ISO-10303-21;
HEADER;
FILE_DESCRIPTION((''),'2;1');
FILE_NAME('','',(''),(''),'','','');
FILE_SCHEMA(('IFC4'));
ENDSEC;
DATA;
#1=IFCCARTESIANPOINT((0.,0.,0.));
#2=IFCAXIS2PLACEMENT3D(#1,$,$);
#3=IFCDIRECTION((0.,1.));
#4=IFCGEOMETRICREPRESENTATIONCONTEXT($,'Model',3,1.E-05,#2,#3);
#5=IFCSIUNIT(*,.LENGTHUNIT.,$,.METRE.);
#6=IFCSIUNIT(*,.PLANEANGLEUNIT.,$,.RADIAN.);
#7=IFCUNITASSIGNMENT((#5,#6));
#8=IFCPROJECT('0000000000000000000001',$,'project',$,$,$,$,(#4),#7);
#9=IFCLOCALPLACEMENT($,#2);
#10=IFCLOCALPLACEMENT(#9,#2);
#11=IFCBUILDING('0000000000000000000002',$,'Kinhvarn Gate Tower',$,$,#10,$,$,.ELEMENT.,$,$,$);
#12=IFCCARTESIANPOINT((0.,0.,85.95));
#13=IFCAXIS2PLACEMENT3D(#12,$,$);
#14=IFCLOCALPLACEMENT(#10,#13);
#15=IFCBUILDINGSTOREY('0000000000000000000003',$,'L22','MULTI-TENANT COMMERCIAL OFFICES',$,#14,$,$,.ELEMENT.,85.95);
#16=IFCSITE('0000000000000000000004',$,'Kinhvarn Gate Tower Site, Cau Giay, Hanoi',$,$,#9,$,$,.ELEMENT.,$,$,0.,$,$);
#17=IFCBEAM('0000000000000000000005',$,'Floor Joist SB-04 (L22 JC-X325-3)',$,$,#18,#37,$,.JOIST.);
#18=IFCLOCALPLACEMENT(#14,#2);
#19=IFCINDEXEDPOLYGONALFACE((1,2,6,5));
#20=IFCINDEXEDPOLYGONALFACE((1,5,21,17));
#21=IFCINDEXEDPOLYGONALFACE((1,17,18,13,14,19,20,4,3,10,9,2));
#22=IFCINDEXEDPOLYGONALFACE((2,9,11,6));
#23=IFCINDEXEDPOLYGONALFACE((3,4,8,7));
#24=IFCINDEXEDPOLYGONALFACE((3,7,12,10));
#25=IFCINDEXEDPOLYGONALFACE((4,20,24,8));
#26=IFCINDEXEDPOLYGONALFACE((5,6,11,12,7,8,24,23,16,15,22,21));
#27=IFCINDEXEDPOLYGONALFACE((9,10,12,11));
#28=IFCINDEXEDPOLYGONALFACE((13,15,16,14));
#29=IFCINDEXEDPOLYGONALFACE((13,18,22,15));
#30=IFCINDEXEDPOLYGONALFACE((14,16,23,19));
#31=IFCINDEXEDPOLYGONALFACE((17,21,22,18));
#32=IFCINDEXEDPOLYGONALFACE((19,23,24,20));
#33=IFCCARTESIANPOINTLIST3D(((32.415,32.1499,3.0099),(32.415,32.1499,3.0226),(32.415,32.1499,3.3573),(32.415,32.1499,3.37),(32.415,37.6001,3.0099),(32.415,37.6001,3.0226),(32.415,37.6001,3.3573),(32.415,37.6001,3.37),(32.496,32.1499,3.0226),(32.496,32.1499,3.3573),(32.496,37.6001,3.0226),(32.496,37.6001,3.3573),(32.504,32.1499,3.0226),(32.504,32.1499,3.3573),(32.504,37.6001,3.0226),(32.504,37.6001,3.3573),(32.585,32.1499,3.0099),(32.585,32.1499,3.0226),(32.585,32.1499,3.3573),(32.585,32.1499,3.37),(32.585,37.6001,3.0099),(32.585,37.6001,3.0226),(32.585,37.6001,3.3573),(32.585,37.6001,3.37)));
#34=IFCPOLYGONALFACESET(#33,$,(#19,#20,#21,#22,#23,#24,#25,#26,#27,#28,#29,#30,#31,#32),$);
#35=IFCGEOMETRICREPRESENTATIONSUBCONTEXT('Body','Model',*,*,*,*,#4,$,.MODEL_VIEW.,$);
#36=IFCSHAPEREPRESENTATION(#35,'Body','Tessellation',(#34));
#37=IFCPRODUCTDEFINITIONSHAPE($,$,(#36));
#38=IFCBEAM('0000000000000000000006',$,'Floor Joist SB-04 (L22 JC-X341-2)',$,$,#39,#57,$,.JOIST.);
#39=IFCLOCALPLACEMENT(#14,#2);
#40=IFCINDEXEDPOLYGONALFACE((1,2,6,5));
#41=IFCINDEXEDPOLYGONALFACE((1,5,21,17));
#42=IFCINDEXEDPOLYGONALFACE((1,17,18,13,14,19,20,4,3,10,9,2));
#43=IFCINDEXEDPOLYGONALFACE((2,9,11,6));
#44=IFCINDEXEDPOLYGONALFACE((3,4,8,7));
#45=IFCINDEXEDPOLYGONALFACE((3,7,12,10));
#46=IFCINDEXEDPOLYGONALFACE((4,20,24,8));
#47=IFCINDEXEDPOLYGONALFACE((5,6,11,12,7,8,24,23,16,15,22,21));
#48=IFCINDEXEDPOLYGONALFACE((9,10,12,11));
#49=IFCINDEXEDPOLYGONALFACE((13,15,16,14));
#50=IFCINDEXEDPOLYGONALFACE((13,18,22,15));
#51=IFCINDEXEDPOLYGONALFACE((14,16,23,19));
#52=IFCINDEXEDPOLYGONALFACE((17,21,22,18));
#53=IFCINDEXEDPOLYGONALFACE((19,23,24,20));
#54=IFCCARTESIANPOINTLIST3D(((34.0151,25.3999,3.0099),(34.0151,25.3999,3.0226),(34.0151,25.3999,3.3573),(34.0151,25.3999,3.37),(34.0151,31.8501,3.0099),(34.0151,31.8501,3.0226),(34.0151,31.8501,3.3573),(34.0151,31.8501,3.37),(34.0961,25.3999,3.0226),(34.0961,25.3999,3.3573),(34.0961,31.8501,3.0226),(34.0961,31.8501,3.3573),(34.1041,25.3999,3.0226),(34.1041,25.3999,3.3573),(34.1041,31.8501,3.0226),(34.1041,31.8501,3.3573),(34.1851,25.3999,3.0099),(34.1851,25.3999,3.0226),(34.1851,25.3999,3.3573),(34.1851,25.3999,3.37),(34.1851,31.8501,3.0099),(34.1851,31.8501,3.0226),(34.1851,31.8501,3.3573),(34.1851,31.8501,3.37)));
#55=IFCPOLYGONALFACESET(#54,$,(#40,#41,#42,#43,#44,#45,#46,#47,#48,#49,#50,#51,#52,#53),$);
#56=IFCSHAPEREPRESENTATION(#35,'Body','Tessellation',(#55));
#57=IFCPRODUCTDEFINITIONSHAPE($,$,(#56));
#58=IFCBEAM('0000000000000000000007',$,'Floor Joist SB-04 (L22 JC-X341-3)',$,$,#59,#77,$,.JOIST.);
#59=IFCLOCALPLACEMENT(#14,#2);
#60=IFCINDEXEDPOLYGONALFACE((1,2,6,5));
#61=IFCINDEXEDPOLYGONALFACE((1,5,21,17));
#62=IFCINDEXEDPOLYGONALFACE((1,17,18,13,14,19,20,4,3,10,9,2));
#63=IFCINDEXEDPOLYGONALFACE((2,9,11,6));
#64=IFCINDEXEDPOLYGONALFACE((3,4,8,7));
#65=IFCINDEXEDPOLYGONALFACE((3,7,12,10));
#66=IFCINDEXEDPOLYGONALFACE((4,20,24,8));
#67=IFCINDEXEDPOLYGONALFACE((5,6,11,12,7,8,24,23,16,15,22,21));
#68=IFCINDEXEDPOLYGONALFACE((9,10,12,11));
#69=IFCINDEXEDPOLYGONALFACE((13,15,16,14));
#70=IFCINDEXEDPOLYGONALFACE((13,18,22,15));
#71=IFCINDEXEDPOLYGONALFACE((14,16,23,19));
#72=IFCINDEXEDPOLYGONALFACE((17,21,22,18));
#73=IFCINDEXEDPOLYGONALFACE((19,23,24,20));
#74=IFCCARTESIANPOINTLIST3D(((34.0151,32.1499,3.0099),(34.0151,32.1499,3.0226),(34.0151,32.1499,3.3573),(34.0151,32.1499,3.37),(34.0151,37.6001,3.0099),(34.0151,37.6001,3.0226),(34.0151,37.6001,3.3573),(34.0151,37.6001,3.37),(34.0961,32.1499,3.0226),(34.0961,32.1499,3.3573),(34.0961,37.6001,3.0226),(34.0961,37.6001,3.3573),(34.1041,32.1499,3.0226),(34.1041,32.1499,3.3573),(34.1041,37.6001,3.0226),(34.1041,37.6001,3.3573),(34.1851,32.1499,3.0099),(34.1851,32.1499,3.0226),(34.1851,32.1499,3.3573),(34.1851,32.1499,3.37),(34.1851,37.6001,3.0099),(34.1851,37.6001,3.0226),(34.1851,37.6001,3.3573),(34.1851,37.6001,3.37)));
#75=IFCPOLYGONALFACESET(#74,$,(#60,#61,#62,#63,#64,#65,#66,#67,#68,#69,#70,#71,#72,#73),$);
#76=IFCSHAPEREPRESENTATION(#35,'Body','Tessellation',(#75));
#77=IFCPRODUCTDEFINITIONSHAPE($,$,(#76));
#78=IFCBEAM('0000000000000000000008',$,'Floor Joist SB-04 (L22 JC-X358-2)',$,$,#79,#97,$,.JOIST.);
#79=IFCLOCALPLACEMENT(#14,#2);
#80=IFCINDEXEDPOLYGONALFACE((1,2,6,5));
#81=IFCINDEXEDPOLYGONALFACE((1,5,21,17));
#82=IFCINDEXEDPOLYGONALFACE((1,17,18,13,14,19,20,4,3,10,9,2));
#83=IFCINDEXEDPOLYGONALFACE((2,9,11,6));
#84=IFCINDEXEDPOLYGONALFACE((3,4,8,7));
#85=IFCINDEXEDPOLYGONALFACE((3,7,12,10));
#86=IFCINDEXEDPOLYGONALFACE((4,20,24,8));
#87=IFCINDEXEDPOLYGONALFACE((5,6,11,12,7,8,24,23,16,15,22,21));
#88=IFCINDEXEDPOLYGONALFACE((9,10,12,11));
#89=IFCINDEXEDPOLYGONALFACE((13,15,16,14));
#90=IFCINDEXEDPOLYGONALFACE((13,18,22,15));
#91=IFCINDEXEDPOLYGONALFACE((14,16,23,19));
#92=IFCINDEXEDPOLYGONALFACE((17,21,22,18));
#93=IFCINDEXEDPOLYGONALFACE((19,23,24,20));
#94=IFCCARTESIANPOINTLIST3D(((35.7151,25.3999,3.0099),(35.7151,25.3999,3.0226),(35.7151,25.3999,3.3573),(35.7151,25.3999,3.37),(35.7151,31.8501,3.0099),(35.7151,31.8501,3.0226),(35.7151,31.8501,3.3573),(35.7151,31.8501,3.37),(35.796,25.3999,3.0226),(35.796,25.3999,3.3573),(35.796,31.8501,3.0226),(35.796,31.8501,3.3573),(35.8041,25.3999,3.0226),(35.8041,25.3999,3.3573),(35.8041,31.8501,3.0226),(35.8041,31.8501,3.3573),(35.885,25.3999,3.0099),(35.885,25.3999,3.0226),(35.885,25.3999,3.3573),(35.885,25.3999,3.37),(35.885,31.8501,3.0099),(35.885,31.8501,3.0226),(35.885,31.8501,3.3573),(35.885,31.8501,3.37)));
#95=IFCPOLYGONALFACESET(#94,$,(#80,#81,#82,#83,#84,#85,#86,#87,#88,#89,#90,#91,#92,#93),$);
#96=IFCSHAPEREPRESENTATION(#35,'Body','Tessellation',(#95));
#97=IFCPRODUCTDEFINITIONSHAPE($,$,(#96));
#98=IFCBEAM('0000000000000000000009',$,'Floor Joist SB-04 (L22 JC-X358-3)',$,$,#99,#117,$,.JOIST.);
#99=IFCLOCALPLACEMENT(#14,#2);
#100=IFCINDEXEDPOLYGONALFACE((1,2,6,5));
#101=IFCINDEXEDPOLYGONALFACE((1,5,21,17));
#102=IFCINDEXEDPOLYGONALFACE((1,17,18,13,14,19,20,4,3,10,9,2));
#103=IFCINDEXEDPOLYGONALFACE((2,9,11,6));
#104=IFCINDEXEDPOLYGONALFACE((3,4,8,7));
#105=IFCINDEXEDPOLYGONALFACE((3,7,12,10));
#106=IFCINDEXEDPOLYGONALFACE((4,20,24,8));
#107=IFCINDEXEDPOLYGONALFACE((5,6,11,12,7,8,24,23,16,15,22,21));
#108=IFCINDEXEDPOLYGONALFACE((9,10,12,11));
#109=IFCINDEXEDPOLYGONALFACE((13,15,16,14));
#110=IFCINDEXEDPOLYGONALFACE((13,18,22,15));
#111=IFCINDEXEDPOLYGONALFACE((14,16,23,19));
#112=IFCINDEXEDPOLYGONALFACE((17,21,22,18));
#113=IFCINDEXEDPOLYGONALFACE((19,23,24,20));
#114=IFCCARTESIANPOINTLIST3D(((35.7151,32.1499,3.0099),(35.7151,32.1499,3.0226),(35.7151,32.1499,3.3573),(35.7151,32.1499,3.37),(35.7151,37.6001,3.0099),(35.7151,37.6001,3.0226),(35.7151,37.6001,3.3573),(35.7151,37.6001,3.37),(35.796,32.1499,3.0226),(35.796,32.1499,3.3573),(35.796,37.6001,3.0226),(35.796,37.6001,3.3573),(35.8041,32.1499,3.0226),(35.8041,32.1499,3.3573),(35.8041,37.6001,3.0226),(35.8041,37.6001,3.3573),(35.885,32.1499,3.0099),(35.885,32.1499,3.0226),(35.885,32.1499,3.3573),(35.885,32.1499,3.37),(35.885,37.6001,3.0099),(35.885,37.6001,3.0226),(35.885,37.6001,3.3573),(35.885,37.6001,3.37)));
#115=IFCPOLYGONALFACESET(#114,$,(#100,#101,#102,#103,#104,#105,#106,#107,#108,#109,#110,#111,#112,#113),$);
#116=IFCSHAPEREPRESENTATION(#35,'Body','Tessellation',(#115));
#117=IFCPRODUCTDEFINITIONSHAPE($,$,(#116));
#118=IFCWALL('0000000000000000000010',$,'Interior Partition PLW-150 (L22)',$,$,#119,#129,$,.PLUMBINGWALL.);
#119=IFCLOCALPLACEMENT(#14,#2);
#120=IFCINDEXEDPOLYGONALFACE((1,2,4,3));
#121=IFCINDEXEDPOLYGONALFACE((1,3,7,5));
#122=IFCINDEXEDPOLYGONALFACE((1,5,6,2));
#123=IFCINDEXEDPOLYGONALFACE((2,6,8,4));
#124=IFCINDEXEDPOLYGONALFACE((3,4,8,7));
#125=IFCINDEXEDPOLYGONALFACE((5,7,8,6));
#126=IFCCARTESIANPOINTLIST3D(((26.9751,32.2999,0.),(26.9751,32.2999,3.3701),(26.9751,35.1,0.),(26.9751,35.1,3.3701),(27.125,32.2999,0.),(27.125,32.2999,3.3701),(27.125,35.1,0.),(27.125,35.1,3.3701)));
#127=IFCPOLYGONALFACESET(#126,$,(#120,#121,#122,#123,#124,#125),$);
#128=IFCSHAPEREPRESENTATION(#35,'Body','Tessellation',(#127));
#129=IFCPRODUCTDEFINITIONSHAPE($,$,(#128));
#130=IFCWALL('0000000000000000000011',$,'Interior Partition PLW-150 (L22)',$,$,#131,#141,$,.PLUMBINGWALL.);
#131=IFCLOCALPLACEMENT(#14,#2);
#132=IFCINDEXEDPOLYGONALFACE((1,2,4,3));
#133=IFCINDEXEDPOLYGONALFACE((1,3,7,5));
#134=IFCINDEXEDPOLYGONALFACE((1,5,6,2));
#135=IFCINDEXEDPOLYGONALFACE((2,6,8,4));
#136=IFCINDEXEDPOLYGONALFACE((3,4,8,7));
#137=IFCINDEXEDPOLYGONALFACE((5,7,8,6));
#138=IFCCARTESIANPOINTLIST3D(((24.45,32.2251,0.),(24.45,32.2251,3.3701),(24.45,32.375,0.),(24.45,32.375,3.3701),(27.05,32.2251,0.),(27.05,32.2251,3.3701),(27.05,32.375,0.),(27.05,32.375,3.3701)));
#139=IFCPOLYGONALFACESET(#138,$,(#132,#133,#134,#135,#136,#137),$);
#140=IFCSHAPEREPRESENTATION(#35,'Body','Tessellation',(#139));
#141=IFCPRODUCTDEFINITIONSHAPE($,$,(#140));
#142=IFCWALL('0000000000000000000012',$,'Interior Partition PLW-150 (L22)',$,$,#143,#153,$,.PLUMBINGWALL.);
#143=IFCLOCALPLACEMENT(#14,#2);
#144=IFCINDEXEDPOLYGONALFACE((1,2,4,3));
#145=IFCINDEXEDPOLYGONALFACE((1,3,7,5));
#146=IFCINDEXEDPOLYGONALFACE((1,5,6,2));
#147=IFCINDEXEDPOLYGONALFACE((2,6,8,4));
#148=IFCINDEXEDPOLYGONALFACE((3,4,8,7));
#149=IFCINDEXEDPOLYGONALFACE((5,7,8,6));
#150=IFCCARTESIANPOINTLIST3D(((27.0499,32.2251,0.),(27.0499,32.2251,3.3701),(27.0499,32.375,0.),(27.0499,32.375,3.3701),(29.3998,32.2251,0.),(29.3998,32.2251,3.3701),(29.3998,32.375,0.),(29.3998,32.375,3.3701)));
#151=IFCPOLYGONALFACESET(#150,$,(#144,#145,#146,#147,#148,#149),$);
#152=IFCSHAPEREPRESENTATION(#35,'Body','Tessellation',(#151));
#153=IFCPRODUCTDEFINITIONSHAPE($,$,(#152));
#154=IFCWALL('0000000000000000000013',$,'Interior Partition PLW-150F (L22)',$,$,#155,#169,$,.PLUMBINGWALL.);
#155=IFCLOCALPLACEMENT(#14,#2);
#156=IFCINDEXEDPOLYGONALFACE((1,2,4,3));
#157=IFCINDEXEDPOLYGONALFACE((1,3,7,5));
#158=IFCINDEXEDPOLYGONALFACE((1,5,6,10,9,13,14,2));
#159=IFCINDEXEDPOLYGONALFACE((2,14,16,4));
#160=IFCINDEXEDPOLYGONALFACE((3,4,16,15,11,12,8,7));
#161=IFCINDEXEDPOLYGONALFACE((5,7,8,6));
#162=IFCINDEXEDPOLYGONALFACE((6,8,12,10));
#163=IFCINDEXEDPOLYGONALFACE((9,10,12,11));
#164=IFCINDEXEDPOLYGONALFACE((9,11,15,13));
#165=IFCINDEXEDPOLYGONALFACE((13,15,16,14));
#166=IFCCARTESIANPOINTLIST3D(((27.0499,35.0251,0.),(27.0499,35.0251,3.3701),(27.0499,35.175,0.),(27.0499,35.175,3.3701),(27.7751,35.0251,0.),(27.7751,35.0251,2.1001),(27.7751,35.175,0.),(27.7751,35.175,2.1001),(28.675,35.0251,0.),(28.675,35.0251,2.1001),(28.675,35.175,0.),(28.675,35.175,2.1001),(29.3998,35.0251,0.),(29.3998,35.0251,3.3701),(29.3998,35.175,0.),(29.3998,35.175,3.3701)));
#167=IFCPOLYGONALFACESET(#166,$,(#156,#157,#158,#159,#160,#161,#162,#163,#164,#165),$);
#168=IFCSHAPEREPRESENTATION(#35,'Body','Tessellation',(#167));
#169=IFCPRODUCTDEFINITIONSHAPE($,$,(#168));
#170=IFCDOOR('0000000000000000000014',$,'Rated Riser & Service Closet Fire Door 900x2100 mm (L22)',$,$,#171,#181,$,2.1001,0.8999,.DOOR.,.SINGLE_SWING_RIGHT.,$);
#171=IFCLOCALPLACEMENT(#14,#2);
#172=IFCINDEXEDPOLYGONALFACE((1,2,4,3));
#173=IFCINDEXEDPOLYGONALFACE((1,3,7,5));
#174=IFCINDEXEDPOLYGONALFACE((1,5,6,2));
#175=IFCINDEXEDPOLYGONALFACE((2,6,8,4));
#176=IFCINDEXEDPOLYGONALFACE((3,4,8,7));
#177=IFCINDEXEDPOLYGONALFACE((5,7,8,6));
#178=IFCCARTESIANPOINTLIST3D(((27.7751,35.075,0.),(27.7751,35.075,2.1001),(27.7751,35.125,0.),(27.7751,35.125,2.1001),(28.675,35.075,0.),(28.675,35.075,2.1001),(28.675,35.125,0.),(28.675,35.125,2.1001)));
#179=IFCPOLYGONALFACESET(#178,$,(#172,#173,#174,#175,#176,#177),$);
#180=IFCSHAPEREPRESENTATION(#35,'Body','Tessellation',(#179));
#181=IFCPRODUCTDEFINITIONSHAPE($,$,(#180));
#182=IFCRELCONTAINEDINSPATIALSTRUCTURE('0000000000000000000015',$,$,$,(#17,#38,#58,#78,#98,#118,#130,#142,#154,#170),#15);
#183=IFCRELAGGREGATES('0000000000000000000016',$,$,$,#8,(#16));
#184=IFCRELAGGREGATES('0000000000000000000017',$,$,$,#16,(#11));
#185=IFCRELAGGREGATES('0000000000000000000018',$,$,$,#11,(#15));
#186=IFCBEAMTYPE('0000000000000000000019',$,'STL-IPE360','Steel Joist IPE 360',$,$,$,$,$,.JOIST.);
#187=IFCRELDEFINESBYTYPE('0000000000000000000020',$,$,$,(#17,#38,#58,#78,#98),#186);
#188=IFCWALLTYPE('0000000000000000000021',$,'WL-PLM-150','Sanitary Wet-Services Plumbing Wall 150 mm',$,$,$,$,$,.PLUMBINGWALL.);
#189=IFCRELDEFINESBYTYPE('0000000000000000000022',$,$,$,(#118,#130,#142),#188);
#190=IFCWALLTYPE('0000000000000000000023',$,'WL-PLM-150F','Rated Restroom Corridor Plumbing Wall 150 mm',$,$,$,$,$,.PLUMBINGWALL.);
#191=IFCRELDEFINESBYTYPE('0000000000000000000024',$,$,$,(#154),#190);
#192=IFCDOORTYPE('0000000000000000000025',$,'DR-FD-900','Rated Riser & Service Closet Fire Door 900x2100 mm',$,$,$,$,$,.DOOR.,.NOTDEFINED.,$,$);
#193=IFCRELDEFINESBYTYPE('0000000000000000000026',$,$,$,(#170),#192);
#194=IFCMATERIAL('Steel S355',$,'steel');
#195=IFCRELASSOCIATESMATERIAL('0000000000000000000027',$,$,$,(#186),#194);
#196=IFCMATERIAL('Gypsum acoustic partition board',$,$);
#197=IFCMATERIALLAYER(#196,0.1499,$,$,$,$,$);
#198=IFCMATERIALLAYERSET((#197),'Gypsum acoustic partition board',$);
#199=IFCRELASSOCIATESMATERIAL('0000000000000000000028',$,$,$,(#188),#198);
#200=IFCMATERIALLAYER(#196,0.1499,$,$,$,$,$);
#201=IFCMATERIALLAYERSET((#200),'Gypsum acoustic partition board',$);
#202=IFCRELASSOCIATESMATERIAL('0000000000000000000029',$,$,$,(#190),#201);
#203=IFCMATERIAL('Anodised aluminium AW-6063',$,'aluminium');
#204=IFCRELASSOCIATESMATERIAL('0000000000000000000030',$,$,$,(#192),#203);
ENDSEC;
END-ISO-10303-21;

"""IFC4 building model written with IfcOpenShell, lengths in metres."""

from ifc_helpers import new_model, si_unit, direction, frame, frame_2d, origin, origin_2d, place, context, subcontext, project, spatial, rectangle, i_section, extrude, material, layer, layer_set, material_profile, profile_set, type_object, element, fill, save


model = new_model("IFC4")

# Units and contexts
model_context = context("Model", 3, precision=1e-05, world=origin(), true_north=direction((0.0, 1.0)))
body_context = subcontext(model_context, "Body", "Model", "MODEL_VIEW")
ifc_project = project(units=[si_unit("LENGTHUNIT", "METRE"), si_unit("PLANEANGLEUNIT", "RADIAN")], contexts=[model_context])

# Site, building, storey
site_placement = place(None, origin())
site = spatial("IfcSite", under=ifc_project, at=site_placement, Name="Kinhvarn Gate Tower Site, Cau Giay, Hanoi", CompositionType="ELEMENT", RefElevation=0.0)
building_placement = place(site_placement, origin())
building = spatial("IfcBuilding", under=site, at=building_placement, Name="Kinhvarn Gate Tower", CompositionType="ELEMENT")
storey_placement = place(building_placement, frame((0.0, 0.0, 85.95)))
storey = spatial("IfcBuildingStorey", under=building, at=storey_placement, Name="L22", Description="MULTI-TENANT COMMERCIAL OFFICES", CompositionType="ELEMENT", Elevation=85.95)

# Beams
ifc_material_1 = material(Name="Steel S355", Category="steel")
ifc_material_profile_1 = material_profile(ifc_material_1, i_section(OverallWidth=0.1699, OverallDepth=0.3601, WebThickness=0.0081, FlangeThickness=0.0127, at=origin_2d()), Name="IPE 360")
ifc_profile_set_1 = profile_set([ifc_material_profile_1], Name="Steel S355")
beam_type_1 = type_object("IfcBeamType", Name="STL-IPE360", Description="Steel Joist IPE 360", PredefinedType="JOIST", material=ifc_profile_set_1)
beam_1_placement = place(storey_placement, frame((32.5, 32.1499, 3.1899), z_axis=(0.0, 1.0, 0.0), x_axis=(-1.0, 0.0, 0.0)))
element("IfcBeam", 1, at=beam_1_placement, inside=storey, type_object=beam_type_1, Name="Floor Joist SB-04 (L22 JC-X325-3)", PredefinedType="JOIST", context=body_context, shape_type="SweptSolid", body=[
    extrude(i_section(OverallWidth=0.1699, OverallDepth=0.3601, WebThickness=0.0081, FlangeThickness=0.0127, at=origin_2d()), origin(), (0.0, 0.0, 1.0), 5.4502),
])
beam_2_placement = place(storey_placement, frame((34.1001, 25.3999, 3.1899), z_axis=(0.0, 1.0, 0.0), x_axis=(-1.0, 0.0, 0.0)))
element("IfcBeam", 2, at=beam_2_placement, inside=storey, type_object=beam_type_1, Name="Floor Joist SB-04 (L22 JC-X341-2)", PredefinedType="JOIST", context=body_context, shape_type="SweptSolid", body=[
    extrude(i_section(OverallWidth=0.1699, OverallDepth=0.3601, WebThickness=0.0081, FlangeThickness=0.0127, at=origin_2d()), origin(), (0.0, 0.0, 1.0), 6.4502),
])
beam_3_placement = place(storey_placement, frame((34.1001, 32.1499, 3.1899), z_axis=(0.0, 1.0, 0.0), x_axis=(-1.0, 0.0, 0.0)))
element("IfcBeam", 3, at=beam_3_placement, inside=storey, type_object=beam_type_1, Name="Floor Joist SB-04 (L22 JC-X341-3)", PredefinedType="JOIST", context=body_context, shape_type="SweptSolid", body=[
    extrude(i_section(OverallWidth=0.1699, OverallDepth=0.3601, WebThickness=0.0081, FlangeThickness=0.0127, at=origin_2d()), origin(), (0.0, 0.0, 1.0), 5.4502),
])
beam_4_placement = place(storey_placement, frame((35.8, 25.3999, 3.1899), z_axis=(0.0, 1.0, 0.0), x_axis=(-1.0, 0.0, 0.0)))
element("IfcBeam", 4, at=beam_4_placement, inside=storey, type_object=beam_type_1, Name="Floor Joist SB-04 (L22 JC-X358-2)", PredefinedType="JOIST", context=body_context, shape_type="SweptSolid", body=[
    extrude(i_section(OverallWidth=0.1699, OverallDepth=0.3601, WebThickness=0.0081, FlangeThickness=0.0127, at=origin_2d()), origin(), (0.0, 0.0, 1.0), 6.4502),
])
beam_5_placement = place(storey_placement, frame((35.8, 32.1499, 3.1899), z_axis=(0.0, 1.0, 0.0), x_axis=(-1.0, 0.0, 0.0)))
element("IfcBeam", 5, at=beam_5_placement, inside=storey, type_object=beam_type_1, Name="Floor Joist SB-04 (L22 JC-X358-3)", PredefinedType="JOIST", context=body_context, shape_type="SweptSolid", body=[
    extrude(i_section(OverallWidth=0.1699, OverallDepth=0.3601, WebThickness=0.0081, FlangeThickness=0.0127, at=origin_2d()), origin(), (0.0, 0.0, 1.0), 5.4502),
])

# Walls
ifc_material_2 = material(Name="Gypsum acoustic partition board")
ifc_layer_1 = layer(ifc_material_2, 0.1499)
ifc_layer_set_1 = layer_set([ifc_layer_1], Name="Gypsum acoustic partition board")
wall_type_1 = type_object("IfcWallType", Name="WL-PLM-150", Description="Sanitary Wet-Services Plumbing Wall 150 mm", PredefinedType="PLUMBINGWALL", material=ifc_layer_set_1)
wall_1_placement = place(storey_placement, frame((27.05, 32.3, 0.0), z_axis=(0.0, 0.0, 1.0), x_axis=(0.0, 1.0, 0.0)))
element("IfcWall", 6, at=wall_1_placement, inside=storey, type_object=wall_type_1, Name="Interior Partition PLW-150 (L22)", PredefinedType="PLUMBINGWALL", context=body_context, shape_type="SweptSolid", body=[
    extrude(rectangle(XDim=2.8, YDim=0.1499, at=frame_2d((1.3999, 0.0))), origin(), (0.0, 0.0, 1.0), 3.3701),
])
wall_2_placement = place(storey_placement, frame((24.45, 32.3, 0.0), z_axis=(0.0, 0.0, 1.0), x_axis=(1.0, 0.0, 0.0)))
element("IfcWall", 7, at=wall_2_placement, inside=storey, type_object=wall_type_1, Name="Interior Partition PLW-150 (L22)", PredefinedType="PLUMBINGWALL", context=body_context, shape_type="SweptSolid", body=[
    extrude(rectangle(XDim=2.6001, YDim=0.1499, at=frame_2d((1.3, 0.0))), origin(), (0.0, 0.0, 1.0), 3.3701),
])
wall_3_placement = place(storey_placement, frame((27.05, 32.3, 0.0), z_axis=(0.0, 0.0, 1.0), x_axis=(1.0, 0.0, 0.0)))
element("IfcWall", 8, at=wall_3_placement, inside=storey, type_object=wall_type_1, Name="Interior Partition PLW-150 (L22)", PredefinedType="PLUMBINGWALL", context=body_context, shape_type="SweptSolid", body=[
    extrude(rectangle(XDim=2.3499, YDim=0.1499, at=frame_2d((1.1748, 0.0))), origin(), (0.0, 0.0, 1.0), 3.3701),
])

# Wall, opening, door
ifc_layer_2 = layer(ifc_material_2, 0.1499)
ifc_layer_set_2 = layer_set([ifc_layer_2], Name="Gypsum acoustic partition board")
wall_type_2 = type_object("IfcWallType", Name="WL-PLM-150F", Description="Rated Restroom Corridor Plumbing Wall 150 mm", PredefinedType="PLUMBINGWALL", material=ifc_layer_set_2)
wall_4_placement = place(storey_placement, frame((27.05, 35.1001, 0.0), z_axis=(0.0, 0.0, 1.0), x_axis=(1.0, 0.0, 0.0)))
wall_4 = element("IfcWall", 9, at=wall_4_placement, inside=storey, type_object=wall_type_2, Name="Interior Partition PLW-150F (L22)", PredefinedType="PLUMBINGWALL", context=body_context, shape_type="SweptSolid", body=[
    extrude(rectangle(XDim=2.3499, YDim=0.1499, at=frame_2d((1.1748, 0.0))), origin(), (0.0, 0.0, 1.0), 3.3701),
])
opening_1_placement = place(wall_4_placement, frame((0.7251, 0.0, 0.0)))
opening_1 = element("IfcOpeningElement", 10, at=opening_1_placement, cuts=wall_4, PredefinedType="OPENING", context=body_context, shape_type="SweptSolid", body=[
    extrude(rectangle(XDim=0.8999, YDim=2.1001, at=frame_2d((0.45, 1.05))), frame((0.0, 0.085, 0.0), z_axis=(0.0, -1.0, 0.0), x_axis=(1.0, 0.0, 0.0)), (0.0, 0.0, 1.0), 0.1699),
])
ifc_material_3 = material(Name="Anodised aluminium AW-6063", Category="aluminium")
door_type_1 = type_object("IfcDoorType", Name="DR-FD-900", Description="Rated Riser & Service Closet Fire Door 900x2100 mm", OperationType="NOTDEFINED", PredefinedType="DOOR", material=ifc_material_3)
door_1_placement = place(opening_1_placement, origin())
door_1 = element("IfcDoor", 11, at=door_1_placement, inside=storey, type_object=door_type_1, Name="Rated Riser & Service Closet Fire Door 900x2100 mm (L22)", OperationType="SINGLE_SWING_RIGHT", OverallHeight=2.1001, OverallWidth=0.8999, PredefinedType="DOOR", context=body_context, shape_type="SweptSolid", body=[
    extrude(rectangle(XDim=0.8999, YDim=2.1001, at=frame_2d((0.45, 1.05))), frame((0.0, 0.0249, 0.0), z_axis=(0.0, -1.0, 0.0), x_axis=(1.0, 0.0, 0.0)), (0.0, 0.0, 1.0), 0.05),
])
fill(opening_1, door_1)

save(model, "model.ifc")
